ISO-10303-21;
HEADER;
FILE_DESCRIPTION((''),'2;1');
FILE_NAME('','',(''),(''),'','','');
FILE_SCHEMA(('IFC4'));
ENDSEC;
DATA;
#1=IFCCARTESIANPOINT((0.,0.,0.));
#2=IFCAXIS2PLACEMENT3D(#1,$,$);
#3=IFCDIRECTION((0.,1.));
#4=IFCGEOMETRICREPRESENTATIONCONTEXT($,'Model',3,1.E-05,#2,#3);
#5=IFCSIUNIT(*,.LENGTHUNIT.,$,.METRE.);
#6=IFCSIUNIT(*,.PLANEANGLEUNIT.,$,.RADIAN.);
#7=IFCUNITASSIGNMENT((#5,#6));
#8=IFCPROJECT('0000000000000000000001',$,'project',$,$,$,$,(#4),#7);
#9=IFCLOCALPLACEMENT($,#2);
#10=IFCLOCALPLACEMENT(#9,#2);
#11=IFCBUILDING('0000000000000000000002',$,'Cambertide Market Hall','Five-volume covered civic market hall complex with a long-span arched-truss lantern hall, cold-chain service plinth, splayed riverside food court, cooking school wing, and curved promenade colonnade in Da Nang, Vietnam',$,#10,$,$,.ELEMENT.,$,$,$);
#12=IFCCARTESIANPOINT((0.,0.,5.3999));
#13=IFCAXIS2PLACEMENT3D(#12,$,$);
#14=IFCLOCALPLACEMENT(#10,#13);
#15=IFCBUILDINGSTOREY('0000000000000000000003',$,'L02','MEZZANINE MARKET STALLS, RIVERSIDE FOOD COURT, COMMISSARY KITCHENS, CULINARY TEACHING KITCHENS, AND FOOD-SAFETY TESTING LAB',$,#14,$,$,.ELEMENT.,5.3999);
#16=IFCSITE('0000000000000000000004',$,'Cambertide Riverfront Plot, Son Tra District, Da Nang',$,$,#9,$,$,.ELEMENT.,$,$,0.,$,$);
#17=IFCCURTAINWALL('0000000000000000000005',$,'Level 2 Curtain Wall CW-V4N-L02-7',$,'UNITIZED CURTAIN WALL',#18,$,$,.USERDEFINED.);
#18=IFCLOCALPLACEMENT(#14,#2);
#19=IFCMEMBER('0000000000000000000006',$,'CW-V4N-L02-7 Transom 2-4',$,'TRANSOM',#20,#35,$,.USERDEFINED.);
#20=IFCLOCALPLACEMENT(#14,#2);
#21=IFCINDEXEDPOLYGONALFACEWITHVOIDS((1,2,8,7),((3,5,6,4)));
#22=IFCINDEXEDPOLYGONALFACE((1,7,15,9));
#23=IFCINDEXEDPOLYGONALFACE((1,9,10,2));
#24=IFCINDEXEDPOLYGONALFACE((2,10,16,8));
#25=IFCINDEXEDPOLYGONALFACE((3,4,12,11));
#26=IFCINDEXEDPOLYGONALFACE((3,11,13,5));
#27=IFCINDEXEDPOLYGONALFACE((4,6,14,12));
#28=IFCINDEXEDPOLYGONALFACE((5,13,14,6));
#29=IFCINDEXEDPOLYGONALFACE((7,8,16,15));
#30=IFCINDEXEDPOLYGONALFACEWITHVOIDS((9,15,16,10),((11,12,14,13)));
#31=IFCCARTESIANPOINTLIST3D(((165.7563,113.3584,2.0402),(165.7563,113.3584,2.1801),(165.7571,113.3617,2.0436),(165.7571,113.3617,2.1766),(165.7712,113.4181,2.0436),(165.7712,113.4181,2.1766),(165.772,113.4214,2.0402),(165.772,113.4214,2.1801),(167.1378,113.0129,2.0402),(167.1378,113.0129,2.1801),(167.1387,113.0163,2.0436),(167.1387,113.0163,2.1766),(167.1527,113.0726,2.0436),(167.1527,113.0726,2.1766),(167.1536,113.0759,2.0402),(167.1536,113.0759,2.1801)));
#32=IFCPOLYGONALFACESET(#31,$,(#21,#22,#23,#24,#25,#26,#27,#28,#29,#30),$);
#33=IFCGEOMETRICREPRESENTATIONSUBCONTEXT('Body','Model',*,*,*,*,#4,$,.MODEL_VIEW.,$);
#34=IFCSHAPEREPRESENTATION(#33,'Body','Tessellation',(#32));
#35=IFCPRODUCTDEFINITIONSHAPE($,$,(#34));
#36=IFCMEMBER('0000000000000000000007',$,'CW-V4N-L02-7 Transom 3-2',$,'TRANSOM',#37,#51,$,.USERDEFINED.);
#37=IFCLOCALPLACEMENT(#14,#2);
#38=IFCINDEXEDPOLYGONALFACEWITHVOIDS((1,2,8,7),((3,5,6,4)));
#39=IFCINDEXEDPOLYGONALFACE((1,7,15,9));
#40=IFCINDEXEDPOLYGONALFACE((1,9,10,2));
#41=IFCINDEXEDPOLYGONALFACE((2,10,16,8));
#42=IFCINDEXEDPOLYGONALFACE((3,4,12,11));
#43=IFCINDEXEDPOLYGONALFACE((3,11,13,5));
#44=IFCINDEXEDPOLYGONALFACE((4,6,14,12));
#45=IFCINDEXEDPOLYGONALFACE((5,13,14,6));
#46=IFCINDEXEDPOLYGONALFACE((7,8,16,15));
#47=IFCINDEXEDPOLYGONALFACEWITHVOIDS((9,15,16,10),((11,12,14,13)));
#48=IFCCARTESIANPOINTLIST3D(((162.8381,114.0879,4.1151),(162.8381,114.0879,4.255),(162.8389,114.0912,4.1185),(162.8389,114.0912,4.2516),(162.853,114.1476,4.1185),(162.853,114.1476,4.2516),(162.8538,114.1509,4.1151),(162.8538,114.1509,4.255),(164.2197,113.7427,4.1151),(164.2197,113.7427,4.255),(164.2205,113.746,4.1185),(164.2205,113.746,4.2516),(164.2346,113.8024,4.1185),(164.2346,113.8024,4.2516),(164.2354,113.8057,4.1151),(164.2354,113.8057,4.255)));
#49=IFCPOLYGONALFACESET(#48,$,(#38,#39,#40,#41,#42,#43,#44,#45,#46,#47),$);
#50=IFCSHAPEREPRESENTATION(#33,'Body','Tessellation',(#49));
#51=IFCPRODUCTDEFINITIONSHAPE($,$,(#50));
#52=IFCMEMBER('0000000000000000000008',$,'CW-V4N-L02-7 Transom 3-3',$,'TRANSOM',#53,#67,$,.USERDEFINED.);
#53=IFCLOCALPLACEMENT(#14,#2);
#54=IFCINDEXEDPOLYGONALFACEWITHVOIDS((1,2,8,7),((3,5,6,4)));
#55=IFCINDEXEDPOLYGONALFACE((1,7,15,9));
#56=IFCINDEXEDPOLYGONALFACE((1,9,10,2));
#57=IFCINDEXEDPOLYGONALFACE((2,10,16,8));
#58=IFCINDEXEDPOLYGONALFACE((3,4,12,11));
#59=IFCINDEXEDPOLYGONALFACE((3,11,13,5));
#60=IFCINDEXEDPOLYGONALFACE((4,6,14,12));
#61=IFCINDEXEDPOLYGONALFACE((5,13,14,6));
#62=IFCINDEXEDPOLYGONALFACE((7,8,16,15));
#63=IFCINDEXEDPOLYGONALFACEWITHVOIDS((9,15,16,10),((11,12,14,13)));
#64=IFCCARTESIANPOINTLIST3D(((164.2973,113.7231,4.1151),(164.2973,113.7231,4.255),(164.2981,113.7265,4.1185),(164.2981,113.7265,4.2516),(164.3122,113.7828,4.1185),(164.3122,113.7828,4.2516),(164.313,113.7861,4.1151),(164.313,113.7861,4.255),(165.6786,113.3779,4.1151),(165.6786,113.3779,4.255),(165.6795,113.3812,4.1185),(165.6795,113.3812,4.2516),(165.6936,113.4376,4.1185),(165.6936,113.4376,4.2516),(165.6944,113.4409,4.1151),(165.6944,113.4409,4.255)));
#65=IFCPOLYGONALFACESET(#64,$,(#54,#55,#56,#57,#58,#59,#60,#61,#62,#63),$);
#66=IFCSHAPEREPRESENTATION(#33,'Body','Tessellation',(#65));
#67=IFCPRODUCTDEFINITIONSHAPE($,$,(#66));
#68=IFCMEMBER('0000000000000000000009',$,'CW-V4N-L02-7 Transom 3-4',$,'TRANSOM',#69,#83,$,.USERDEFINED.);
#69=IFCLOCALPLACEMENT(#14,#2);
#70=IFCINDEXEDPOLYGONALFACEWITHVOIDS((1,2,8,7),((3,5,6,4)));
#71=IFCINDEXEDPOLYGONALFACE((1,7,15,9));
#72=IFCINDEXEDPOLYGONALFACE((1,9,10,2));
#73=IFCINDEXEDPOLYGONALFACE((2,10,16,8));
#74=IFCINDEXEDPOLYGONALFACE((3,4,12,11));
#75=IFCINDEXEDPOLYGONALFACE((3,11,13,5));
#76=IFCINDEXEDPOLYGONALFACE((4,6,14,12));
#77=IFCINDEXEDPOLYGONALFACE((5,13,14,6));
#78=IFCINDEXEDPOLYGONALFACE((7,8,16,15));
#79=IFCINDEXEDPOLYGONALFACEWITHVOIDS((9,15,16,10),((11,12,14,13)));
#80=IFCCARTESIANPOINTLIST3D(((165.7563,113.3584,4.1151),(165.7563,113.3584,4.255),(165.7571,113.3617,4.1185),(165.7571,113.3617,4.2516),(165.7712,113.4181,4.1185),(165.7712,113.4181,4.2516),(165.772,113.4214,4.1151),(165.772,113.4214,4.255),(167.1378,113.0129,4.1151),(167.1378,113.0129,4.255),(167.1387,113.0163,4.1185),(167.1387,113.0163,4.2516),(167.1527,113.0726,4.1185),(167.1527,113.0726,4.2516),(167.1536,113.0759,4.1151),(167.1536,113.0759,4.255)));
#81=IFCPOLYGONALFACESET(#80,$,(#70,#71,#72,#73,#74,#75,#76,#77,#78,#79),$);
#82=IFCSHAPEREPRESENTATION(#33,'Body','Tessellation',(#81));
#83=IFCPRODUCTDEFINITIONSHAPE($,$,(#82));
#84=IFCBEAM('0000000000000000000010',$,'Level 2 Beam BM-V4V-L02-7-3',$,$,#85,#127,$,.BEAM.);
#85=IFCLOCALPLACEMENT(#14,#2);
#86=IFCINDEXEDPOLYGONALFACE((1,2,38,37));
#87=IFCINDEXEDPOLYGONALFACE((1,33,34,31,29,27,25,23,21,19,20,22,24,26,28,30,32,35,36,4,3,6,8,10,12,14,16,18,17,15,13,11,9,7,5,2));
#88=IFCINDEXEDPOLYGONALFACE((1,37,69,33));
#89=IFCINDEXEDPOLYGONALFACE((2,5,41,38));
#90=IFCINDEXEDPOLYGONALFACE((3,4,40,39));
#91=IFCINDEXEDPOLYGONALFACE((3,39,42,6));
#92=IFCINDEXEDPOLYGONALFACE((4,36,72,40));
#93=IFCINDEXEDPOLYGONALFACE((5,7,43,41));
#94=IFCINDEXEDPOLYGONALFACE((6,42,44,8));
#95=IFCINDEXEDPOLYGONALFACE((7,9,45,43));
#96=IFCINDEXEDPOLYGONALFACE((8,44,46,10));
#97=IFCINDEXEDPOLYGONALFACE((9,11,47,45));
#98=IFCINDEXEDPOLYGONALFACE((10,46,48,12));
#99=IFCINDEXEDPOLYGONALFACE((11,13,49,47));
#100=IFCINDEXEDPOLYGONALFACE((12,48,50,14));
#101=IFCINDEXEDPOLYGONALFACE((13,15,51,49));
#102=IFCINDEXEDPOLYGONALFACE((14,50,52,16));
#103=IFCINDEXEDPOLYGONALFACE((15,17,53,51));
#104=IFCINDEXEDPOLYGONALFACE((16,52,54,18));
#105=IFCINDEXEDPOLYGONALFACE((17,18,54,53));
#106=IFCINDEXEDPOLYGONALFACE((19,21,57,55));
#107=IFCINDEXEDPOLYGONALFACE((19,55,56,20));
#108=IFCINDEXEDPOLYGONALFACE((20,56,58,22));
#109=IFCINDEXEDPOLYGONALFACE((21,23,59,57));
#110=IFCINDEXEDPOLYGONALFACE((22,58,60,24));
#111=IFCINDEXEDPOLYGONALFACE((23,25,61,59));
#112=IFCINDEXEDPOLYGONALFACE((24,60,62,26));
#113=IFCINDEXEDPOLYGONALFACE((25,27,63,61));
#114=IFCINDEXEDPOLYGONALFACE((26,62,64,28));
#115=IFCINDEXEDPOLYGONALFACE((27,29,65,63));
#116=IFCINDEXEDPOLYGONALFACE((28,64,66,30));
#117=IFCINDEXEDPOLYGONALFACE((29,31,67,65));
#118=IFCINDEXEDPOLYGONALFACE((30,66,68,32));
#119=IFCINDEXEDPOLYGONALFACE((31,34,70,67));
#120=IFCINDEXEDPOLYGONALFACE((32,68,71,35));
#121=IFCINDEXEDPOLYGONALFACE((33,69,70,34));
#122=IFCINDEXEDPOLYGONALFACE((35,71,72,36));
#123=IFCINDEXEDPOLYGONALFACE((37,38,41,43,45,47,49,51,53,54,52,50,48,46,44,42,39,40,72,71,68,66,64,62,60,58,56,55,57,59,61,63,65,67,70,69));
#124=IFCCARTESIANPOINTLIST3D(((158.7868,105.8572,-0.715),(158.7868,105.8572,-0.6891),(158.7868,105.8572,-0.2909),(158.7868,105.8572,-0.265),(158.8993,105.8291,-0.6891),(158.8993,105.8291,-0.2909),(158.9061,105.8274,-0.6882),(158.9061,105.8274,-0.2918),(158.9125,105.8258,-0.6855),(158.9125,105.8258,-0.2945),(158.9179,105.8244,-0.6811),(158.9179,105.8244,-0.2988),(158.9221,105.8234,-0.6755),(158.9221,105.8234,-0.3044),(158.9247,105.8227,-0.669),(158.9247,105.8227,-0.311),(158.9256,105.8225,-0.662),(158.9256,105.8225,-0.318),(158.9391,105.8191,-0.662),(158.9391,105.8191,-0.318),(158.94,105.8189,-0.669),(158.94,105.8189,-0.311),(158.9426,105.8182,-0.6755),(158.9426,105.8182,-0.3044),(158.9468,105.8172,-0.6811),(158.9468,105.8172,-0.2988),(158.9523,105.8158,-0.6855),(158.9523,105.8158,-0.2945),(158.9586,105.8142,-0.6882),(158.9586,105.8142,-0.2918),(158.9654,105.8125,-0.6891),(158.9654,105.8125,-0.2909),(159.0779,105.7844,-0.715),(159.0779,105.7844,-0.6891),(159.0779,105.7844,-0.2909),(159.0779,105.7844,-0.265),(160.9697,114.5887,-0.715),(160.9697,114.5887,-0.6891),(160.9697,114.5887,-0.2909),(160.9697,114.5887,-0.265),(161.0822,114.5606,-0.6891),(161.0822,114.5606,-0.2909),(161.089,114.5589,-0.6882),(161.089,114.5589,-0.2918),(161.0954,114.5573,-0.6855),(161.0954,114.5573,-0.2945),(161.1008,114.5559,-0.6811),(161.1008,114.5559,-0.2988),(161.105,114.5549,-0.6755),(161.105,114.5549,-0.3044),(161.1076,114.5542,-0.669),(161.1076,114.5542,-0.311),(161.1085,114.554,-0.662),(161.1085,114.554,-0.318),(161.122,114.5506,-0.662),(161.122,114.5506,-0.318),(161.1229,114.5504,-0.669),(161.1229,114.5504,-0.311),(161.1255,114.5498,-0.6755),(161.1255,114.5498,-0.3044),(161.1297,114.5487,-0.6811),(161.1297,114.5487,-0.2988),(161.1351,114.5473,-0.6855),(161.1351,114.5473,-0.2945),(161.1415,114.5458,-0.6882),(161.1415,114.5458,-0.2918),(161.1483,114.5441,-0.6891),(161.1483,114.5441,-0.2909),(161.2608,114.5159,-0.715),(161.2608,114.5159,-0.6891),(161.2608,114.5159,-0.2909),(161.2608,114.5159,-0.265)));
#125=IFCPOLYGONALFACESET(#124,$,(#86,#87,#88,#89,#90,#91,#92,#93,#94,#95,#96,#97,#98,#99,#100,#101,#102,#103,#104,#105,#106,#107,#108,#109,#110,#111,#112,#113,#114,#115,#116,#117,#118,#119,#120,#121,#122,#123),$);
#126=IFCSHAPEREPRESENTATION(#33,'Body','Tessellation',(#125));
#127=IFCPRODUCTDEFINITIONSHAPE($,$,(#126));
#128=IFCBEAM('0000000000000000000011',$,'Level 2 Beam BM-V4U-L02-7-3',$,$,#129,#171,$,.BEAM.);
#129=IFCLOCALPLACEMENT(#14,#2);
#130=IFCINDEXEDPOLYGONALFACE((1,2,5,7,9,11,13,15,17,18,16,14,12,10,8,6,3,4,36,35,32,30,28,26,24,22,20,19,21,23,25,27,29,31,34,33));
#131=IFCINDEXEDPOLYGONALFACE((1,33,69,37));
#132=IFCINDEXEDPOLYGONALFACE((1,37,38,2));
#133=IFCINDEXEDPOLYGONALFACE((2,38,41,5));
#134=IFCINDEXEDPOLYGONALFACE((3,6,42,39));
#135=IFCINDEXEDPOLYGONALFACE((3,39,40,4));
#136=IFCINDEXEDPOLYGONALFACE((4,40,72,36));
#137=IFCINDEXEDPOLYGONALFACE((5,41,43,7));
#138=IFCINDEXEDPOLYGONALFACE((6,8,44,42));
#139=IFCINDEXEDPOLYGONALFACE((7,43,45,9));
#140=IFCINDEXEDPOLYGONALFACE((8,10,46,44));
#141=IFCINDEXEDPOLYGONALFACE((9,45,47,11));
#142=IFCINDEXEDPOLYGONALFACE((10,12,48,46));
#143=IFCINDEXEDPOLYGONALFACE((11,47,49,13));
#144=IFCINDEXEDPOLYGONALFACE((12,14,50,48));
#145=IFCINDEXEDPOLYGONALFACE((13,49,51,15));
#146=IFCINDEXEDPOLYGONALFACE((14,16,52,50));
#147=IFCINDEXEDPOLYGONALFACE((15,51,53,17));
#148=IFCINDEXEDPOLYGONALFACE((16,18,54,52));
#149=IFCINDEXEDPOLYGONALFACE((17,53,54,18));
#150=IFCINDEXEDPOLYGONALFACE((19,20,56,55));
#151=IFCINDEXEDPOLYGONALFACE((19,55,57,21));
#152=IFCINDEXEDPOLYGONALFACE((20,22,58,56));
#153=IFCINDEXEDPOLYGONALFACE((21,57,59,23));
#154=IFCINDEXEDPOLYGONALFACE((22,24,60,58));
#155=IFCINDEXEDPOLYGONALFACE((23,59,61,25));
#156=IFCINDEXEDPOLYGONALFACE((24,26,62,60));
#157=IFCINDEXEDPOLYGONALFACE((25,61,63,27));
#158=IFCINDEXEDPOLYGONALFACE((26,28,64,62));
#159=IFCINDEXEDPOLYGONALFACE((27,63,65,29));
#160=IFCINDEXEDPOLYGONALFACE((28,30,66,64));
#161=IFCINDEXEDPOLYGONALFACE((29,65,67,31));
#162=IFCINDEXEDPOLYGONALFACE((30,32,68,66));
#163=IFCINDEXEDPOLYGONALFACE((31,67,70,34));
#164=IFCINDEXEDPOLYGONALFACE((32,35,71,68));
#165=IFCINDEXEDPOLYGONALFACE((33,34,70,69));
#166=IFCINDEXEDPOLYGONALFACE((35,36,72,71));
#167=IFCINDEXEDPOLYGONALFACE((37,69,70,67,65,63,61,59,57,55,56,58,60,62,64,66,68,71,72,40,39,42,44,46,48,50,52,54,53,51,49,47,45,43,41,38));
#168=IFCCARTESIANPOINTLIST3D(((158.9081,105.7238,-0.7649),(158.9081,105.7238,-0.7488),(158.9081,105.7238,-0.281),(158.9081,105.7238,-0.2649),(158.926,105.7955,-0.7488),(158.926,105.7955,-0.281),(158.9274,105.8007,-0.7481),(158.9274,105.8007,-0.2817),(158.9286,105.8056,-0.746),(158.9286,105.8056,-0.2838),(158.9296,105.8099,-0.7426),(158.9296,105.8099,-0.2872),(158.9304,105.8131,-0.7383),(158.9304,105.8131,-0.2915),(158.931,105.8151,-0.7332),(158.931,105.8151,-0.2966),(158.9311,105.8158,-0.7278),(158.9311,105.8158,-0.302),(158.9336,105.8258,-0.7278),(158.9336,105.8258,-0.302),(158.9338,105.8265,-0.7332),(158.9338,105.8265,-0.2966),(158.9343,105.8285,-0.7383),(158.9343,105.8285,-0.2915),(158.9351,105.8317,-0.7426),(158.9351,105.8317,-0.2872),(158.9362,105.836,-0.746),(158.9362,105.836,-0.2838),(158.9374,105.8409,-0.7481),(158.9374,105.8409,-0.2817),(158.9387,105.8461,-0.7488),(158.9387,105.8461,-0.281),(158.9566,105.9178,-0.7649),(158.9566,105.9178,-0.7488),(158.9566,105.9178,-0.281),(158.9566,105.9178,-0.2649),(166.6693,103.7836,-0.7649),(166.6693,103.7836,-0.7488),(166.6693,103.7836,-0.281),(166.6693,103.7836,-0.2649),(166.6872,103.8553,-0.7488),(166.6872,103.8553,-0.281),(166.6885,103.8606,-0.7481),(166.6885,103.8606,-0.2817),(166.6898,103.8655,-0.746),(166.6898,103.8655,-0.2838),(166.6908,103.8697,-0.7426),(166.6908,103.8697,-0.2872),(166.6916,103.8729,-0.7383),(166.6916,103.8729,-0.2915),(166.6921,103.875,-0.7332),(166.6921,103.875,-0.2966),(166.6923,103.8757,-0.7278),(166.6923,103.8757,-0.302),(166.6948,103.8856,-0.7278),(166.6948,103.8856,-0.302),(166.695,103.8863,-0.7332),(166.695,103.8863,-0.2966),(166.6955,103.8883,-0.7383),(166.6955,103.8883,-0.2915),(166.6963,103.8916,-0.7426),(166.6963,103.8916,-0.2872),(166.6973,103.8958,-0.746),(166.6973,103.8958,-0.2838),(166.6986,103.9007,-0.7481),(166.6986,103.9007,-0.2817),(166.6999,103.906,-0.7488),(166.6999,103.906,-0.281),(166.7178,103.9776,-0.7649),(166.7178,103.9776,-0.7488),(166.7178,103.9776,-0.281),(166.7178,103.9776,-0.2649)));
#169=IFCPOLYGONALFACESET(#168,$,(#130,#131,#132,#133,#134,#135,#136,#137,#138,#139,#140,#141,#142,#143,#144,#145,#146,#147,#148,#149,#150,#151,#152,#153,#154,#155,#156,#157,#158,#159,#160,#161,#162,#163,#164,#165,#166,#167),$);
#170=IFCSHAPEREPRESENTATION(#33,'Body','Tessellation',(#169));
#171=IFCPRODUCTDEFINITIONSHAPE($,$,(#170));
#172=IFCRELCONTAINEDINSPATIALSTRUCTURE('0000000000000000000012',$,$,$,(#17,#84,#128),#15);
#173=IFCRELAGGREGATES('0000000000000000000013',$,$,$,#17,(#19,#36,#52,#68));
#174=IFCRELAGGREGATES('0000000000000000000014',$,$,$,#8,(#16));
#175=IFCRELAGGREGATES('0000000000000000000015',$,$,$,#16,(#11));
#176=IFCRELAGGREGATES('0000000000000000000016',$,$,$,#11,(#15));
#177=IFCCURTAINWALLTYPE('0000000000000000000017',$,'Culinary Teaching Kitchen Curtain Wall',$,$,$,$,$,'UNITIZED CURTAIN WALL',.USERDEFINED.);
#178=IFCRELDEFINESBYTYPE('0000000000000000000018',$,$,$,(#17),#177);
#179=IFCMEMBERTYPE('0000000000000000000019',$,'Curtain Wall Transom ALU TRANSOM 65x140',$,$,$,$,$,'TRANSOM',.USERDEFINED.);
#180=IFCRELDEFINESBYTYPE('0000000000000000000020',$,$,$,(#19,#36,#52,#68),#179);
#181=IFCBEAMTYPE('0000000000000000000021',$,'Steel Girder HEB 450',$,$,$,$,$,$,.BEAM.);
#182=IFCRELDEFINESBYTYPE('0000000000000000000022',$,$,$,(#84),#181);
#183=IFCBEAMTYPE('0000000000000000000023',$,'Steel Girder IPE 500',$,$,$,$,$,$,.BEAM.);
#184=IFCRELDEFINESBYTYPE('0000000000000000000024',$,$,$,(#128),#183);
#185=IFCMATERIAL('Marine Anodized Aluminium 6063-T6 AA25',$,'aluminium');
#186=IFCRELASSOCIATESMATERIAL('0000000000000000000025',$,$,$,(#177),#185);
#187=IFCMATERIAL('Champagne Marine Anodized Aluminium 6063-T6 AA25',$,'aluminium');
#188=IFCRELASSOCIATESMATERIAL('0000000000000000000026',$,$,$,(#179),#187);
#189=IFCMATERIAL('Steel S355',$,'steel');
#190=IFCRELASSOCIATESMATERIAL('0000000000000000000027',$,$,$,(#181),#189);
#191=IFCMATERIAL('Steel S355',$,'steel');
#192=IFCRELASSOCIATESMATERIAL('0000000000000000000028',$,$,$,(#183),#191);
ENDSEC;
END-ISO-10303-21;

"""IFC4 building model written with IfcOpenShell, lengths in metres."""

from ifc_helpers import new_model, si_unit, direction, frame, origin, origin_2d, place, context, subcontext, project, spatial, hollow_rectangle, i_section, extrude, material, material_profile, profile_set, type_object, element, aggregate, save


model = new_model("IFC4")

# Units and contexts
model_context = context("Model", 3, precision=1e-05, world=origin(), true_north=direction((0.0, 1.0)))
body_context = subcontext(model_context, "Body", "Model", "MODEL_VIEW")
ifc_project = project(units=[si_unit("LENGTHUNIT", "METRE"), si_unit("PLANEANGLEUNIT", "RADIAN")], contexts=[model_context])

# Site, building, storey
site_placement = place(None, origin())
site = spatial("IfcSite", under=ifc_project, at=site_placement, Name="Cambertide Riverfront Plot, Son Tra District, Da Nang", CompositionType="ELEMENT", RefElevation=0.0)
building_placement = place(site_placement, origin())
building = spatial("IfcBuilding", under=site, at=building_placement, Name="Cambertide Market Hall", Description="Five-volume covered civic market hall complex with a long-span arched-truss lantern hall, cold-chain service plinth, splayed riverside food court, cooking school wing, and curved promenade colonnade in Da Nang, Vietnam", CompositionType="ELEMENT")
storey_placement = place(building_placement, frame((0.0, 0.0, 5.3999)))
storey = spatial("IfcBuildingStorey", under=building, at=storey_placement, Name="L02", Description="MEZZANINE MARKET STALLS, RIVERSIDE FOOD COURT, COMMISSARY KITCHENS, CULINARY TEACHING KITCHENS, AND FOOD-SAFETY TESTING LAB", CompositionType="ELEMENT", Elevation=5.3999)

# Curtain wall, members
ifc_material_1 = material(Name="Marine Anodized Aluminium 6063-T6 AA25", Category="aluminium")
curtain_wall_type = type_object("IfcCurtainWallType", Name="Culinary Teaching Kitchen Curtain Wall", ElementType="UNITIZED CURTAIN WALL", PredefinedType="USERDEFINED", material=ifc_material_1)
curtain_wall_placement = place(storey_placement, origin())
curtain_wall = element("IfcCurtainWall", 1, at=curtain_wall_placement, inside=storey, type_object=curtain_wall_type, Name="Level 2 Curtain Wall CW-V4N-L02-7", ObjectType="UNITIZED CURTAIN WALL", PredefinedType="USERDEFINED")
ifc_material_2 = material(Name="Champagne Marine Anodized Aluminium 6063-T6 AA25", Category="aluminium")
ifc_material_profile_1 = material_profile(ifc_material_2, hollow_rectangle(XDim=0.0649, YDim=0.1399, WallThickness=0.0034, at=origin_2d()), Name="ALU TRANSOM 65x140")
ifc_profile_set_1 = profile_set([ifc_material_profile_1], Name="Champagne Marine Anodized Aluminium 6063-T6 AA25")
member_type_1 = type_object("IfcMemberType", Name="Curtain Wall Transom ALU TRANSOM 65x140", ElementType="TRANSOM", PredefinedType="USERDEFINED", material=ifc_profile_set_1)
member_1_placement = place(storey_placement, frame((165.7642, 113.3899, 2.1101), z_axis=(0.970132, -0.242576, 0.0), x_axis=(0.242576, 0.970132, 0.0)))
member_1 = element("IfcMember", 2, at=member_1_placement, type_object=member_type_1, Name="CW-V4N-L02-7 Transom 2-4", ObjectType="TRANSOM", PredefinedType="USERDEFINED", context=body_context, shape_type="SweptSolid", body=[
    extrude(hollow_rectangle(XDim=0.0649, YDim=0.1399, WallThickness=0.0034, at=origin_2d()), origin(), (0.0, 0.0, 1.0), 1.4241),
])
member_2_placement = place(storey_placement, frame((162.8459, 114.1194, 4.1851), z_axis=(0.970173, -0.242415, 0.0), x_axis=(0.242415, 0.970173, 0.0)))
member_2 = element("IfcMember", 3, at=member_2_placement, type_object=member_type_1, Name="CW-V4N-L02-7 Transom 3-2", ObjectType="TRANSOM", PredefinedType="USERDEFINED", context=body_context, shape_type="SweptSolid", body=[
    extrude(hollow_rectangle(XDim=0.0649, YDim=0.1399, WallThickness=0.0034, at=origin_2d()), origin(), (0.0, 0.0, 1.0), 1.4241),
])
member_3_placement = place(storey_placement, frame((164.3052, 113.7546, 4.1851), z_axis=(0.970163, -0.242455, 0.0), x_axis=(0.242455, 0.970163, 0.0)))
member_3 = element("IfcMember", 4, at=member_3_placement, type_object=member_type_1, Name="CW-V4N-L02-7 Transom 3-3", ObjectType="TRANSOM", PredefinedType="USERDEFINED", context=body_context, shape_type="SweptSolid", body=[
    extrude(hollow_rectangle(XDim=0.0649, YDim=0.1399, WallThickness=0.0034, at=origin_2d()), origin(), (0.0, 0.0, 1.0), 1.4238),
])
member_4_placement = place(storey_placement, frame((165.7642, 113.3899, 4.1851), z_axis=(0.970132, -0.242576, 0.0), x_axis=(0.242576, 0.970132, 0.0)))
member_4 = element("IfcMember", 5, at=member_4_placement, type_object=member_type_1, Name="CW-V4N-L02-7 Transom 3-4", ObjectType="TRANSOM", PredefinedType="USERDEFINED", context=body_context, shape_type="SweptSolid", body=[
    extrude(hollow_rectangle(XDim=0.0649, YDim=0.1399, WallThickness=0.0034, at=origin_2d()), origin(), (0.0, 0.0, 1.0), 1.4241),
])

# Beams
ifc_material_3 = material(Name="Steel S355", Category="steel")
ifc_material_profile_2 = material_profile(ifc_material_3, i_section(OverallWidth=0.3, OverallDepth=0.45, WebThickness=0.0139, FlangeThickness=0.0259, FilletRadius=0.0271, at=origin_2d()), Name="HEB 450")
ifc_profile_set_2 = profile_set([ifc_material_profile_2], Name="Steel S355")
beam_type_1 = type_object("IfcBeamType", Name="Steel Girder HEB 450", PredefinedType="BEAM", material=ifc_profile_set_2)
beam_1_placement = place(storey_placement, frame((158.9324, 105.8208, -0.49), z_axis=(0.242536, 0.970143, 0.0), x_axis=(-0.970143, 0.242536, 0.0)))
element("IfcBeam", 6, at=beam_1_placement, inside=storey, type_object=beam_type_1, Name="Level 2 Beam BM-V4V-L02-7-3", PredefinedType="BEAM", context=body_context, shape_type="SweptSolid", body=[
    extrude(i_section(OverallWidth=0.3, OverallDepth=0.45, WebThickness=0.0139, FlangeThickness=0.0259, FilletRadius=0.0271, at=origin_2d()), origin(), (0.0, 0.0, 1.0), 9.0002),
])
ifc_material_4 = material(Name="Steel S355", Category="steel")
ifc_material_profile_3 = material_profile(ifc_material_4, i_section(OverallWidth=0.2, OverallDepth=0.5, WebThickness=0.0103, FlangeThickness=0.0161, FilletRadius=0.021, at=origin_2d()), Name="IPE 500")
ifc_profile_set_3 = profile_set([ifc_material_profile_3], Name="Steel S355")
beam_type_2 = type_object("IfcBeamType", Name="Steel Girder IPE 500", PredefinedType="BEAM", material=ifc_profile_set_3)
beam_2_placement = place(storey_placement, frame((158.9324, 105.8208, -0.5149), z_axis=(0.970146, -0.242521, 0.0), x_axis=(0.242521, 0.970146, 0.0)))
element("IfcBeam", 7, at=beam_2_placement, inside=storey, type_object=beam_type_2, Name="Level 2 Beam BM-V4U-L02-7-3", PredefinedType="BEAM", context=body_context, shape_type="SweptSolid", body=[
    extrude(i_section(OverallWidth=0.2, OverallDepth=0.5, WebThickness=0.0103, FlangeThickness=0.0161, FilletRadius=0.021, at=origin_2d()), origin(), (0.0, 0.0, 1.0), 8.0),
])

aggregate(curtain_wall, [member_1, member_2, member_3, member_4])

save(model, "model.ifc")
